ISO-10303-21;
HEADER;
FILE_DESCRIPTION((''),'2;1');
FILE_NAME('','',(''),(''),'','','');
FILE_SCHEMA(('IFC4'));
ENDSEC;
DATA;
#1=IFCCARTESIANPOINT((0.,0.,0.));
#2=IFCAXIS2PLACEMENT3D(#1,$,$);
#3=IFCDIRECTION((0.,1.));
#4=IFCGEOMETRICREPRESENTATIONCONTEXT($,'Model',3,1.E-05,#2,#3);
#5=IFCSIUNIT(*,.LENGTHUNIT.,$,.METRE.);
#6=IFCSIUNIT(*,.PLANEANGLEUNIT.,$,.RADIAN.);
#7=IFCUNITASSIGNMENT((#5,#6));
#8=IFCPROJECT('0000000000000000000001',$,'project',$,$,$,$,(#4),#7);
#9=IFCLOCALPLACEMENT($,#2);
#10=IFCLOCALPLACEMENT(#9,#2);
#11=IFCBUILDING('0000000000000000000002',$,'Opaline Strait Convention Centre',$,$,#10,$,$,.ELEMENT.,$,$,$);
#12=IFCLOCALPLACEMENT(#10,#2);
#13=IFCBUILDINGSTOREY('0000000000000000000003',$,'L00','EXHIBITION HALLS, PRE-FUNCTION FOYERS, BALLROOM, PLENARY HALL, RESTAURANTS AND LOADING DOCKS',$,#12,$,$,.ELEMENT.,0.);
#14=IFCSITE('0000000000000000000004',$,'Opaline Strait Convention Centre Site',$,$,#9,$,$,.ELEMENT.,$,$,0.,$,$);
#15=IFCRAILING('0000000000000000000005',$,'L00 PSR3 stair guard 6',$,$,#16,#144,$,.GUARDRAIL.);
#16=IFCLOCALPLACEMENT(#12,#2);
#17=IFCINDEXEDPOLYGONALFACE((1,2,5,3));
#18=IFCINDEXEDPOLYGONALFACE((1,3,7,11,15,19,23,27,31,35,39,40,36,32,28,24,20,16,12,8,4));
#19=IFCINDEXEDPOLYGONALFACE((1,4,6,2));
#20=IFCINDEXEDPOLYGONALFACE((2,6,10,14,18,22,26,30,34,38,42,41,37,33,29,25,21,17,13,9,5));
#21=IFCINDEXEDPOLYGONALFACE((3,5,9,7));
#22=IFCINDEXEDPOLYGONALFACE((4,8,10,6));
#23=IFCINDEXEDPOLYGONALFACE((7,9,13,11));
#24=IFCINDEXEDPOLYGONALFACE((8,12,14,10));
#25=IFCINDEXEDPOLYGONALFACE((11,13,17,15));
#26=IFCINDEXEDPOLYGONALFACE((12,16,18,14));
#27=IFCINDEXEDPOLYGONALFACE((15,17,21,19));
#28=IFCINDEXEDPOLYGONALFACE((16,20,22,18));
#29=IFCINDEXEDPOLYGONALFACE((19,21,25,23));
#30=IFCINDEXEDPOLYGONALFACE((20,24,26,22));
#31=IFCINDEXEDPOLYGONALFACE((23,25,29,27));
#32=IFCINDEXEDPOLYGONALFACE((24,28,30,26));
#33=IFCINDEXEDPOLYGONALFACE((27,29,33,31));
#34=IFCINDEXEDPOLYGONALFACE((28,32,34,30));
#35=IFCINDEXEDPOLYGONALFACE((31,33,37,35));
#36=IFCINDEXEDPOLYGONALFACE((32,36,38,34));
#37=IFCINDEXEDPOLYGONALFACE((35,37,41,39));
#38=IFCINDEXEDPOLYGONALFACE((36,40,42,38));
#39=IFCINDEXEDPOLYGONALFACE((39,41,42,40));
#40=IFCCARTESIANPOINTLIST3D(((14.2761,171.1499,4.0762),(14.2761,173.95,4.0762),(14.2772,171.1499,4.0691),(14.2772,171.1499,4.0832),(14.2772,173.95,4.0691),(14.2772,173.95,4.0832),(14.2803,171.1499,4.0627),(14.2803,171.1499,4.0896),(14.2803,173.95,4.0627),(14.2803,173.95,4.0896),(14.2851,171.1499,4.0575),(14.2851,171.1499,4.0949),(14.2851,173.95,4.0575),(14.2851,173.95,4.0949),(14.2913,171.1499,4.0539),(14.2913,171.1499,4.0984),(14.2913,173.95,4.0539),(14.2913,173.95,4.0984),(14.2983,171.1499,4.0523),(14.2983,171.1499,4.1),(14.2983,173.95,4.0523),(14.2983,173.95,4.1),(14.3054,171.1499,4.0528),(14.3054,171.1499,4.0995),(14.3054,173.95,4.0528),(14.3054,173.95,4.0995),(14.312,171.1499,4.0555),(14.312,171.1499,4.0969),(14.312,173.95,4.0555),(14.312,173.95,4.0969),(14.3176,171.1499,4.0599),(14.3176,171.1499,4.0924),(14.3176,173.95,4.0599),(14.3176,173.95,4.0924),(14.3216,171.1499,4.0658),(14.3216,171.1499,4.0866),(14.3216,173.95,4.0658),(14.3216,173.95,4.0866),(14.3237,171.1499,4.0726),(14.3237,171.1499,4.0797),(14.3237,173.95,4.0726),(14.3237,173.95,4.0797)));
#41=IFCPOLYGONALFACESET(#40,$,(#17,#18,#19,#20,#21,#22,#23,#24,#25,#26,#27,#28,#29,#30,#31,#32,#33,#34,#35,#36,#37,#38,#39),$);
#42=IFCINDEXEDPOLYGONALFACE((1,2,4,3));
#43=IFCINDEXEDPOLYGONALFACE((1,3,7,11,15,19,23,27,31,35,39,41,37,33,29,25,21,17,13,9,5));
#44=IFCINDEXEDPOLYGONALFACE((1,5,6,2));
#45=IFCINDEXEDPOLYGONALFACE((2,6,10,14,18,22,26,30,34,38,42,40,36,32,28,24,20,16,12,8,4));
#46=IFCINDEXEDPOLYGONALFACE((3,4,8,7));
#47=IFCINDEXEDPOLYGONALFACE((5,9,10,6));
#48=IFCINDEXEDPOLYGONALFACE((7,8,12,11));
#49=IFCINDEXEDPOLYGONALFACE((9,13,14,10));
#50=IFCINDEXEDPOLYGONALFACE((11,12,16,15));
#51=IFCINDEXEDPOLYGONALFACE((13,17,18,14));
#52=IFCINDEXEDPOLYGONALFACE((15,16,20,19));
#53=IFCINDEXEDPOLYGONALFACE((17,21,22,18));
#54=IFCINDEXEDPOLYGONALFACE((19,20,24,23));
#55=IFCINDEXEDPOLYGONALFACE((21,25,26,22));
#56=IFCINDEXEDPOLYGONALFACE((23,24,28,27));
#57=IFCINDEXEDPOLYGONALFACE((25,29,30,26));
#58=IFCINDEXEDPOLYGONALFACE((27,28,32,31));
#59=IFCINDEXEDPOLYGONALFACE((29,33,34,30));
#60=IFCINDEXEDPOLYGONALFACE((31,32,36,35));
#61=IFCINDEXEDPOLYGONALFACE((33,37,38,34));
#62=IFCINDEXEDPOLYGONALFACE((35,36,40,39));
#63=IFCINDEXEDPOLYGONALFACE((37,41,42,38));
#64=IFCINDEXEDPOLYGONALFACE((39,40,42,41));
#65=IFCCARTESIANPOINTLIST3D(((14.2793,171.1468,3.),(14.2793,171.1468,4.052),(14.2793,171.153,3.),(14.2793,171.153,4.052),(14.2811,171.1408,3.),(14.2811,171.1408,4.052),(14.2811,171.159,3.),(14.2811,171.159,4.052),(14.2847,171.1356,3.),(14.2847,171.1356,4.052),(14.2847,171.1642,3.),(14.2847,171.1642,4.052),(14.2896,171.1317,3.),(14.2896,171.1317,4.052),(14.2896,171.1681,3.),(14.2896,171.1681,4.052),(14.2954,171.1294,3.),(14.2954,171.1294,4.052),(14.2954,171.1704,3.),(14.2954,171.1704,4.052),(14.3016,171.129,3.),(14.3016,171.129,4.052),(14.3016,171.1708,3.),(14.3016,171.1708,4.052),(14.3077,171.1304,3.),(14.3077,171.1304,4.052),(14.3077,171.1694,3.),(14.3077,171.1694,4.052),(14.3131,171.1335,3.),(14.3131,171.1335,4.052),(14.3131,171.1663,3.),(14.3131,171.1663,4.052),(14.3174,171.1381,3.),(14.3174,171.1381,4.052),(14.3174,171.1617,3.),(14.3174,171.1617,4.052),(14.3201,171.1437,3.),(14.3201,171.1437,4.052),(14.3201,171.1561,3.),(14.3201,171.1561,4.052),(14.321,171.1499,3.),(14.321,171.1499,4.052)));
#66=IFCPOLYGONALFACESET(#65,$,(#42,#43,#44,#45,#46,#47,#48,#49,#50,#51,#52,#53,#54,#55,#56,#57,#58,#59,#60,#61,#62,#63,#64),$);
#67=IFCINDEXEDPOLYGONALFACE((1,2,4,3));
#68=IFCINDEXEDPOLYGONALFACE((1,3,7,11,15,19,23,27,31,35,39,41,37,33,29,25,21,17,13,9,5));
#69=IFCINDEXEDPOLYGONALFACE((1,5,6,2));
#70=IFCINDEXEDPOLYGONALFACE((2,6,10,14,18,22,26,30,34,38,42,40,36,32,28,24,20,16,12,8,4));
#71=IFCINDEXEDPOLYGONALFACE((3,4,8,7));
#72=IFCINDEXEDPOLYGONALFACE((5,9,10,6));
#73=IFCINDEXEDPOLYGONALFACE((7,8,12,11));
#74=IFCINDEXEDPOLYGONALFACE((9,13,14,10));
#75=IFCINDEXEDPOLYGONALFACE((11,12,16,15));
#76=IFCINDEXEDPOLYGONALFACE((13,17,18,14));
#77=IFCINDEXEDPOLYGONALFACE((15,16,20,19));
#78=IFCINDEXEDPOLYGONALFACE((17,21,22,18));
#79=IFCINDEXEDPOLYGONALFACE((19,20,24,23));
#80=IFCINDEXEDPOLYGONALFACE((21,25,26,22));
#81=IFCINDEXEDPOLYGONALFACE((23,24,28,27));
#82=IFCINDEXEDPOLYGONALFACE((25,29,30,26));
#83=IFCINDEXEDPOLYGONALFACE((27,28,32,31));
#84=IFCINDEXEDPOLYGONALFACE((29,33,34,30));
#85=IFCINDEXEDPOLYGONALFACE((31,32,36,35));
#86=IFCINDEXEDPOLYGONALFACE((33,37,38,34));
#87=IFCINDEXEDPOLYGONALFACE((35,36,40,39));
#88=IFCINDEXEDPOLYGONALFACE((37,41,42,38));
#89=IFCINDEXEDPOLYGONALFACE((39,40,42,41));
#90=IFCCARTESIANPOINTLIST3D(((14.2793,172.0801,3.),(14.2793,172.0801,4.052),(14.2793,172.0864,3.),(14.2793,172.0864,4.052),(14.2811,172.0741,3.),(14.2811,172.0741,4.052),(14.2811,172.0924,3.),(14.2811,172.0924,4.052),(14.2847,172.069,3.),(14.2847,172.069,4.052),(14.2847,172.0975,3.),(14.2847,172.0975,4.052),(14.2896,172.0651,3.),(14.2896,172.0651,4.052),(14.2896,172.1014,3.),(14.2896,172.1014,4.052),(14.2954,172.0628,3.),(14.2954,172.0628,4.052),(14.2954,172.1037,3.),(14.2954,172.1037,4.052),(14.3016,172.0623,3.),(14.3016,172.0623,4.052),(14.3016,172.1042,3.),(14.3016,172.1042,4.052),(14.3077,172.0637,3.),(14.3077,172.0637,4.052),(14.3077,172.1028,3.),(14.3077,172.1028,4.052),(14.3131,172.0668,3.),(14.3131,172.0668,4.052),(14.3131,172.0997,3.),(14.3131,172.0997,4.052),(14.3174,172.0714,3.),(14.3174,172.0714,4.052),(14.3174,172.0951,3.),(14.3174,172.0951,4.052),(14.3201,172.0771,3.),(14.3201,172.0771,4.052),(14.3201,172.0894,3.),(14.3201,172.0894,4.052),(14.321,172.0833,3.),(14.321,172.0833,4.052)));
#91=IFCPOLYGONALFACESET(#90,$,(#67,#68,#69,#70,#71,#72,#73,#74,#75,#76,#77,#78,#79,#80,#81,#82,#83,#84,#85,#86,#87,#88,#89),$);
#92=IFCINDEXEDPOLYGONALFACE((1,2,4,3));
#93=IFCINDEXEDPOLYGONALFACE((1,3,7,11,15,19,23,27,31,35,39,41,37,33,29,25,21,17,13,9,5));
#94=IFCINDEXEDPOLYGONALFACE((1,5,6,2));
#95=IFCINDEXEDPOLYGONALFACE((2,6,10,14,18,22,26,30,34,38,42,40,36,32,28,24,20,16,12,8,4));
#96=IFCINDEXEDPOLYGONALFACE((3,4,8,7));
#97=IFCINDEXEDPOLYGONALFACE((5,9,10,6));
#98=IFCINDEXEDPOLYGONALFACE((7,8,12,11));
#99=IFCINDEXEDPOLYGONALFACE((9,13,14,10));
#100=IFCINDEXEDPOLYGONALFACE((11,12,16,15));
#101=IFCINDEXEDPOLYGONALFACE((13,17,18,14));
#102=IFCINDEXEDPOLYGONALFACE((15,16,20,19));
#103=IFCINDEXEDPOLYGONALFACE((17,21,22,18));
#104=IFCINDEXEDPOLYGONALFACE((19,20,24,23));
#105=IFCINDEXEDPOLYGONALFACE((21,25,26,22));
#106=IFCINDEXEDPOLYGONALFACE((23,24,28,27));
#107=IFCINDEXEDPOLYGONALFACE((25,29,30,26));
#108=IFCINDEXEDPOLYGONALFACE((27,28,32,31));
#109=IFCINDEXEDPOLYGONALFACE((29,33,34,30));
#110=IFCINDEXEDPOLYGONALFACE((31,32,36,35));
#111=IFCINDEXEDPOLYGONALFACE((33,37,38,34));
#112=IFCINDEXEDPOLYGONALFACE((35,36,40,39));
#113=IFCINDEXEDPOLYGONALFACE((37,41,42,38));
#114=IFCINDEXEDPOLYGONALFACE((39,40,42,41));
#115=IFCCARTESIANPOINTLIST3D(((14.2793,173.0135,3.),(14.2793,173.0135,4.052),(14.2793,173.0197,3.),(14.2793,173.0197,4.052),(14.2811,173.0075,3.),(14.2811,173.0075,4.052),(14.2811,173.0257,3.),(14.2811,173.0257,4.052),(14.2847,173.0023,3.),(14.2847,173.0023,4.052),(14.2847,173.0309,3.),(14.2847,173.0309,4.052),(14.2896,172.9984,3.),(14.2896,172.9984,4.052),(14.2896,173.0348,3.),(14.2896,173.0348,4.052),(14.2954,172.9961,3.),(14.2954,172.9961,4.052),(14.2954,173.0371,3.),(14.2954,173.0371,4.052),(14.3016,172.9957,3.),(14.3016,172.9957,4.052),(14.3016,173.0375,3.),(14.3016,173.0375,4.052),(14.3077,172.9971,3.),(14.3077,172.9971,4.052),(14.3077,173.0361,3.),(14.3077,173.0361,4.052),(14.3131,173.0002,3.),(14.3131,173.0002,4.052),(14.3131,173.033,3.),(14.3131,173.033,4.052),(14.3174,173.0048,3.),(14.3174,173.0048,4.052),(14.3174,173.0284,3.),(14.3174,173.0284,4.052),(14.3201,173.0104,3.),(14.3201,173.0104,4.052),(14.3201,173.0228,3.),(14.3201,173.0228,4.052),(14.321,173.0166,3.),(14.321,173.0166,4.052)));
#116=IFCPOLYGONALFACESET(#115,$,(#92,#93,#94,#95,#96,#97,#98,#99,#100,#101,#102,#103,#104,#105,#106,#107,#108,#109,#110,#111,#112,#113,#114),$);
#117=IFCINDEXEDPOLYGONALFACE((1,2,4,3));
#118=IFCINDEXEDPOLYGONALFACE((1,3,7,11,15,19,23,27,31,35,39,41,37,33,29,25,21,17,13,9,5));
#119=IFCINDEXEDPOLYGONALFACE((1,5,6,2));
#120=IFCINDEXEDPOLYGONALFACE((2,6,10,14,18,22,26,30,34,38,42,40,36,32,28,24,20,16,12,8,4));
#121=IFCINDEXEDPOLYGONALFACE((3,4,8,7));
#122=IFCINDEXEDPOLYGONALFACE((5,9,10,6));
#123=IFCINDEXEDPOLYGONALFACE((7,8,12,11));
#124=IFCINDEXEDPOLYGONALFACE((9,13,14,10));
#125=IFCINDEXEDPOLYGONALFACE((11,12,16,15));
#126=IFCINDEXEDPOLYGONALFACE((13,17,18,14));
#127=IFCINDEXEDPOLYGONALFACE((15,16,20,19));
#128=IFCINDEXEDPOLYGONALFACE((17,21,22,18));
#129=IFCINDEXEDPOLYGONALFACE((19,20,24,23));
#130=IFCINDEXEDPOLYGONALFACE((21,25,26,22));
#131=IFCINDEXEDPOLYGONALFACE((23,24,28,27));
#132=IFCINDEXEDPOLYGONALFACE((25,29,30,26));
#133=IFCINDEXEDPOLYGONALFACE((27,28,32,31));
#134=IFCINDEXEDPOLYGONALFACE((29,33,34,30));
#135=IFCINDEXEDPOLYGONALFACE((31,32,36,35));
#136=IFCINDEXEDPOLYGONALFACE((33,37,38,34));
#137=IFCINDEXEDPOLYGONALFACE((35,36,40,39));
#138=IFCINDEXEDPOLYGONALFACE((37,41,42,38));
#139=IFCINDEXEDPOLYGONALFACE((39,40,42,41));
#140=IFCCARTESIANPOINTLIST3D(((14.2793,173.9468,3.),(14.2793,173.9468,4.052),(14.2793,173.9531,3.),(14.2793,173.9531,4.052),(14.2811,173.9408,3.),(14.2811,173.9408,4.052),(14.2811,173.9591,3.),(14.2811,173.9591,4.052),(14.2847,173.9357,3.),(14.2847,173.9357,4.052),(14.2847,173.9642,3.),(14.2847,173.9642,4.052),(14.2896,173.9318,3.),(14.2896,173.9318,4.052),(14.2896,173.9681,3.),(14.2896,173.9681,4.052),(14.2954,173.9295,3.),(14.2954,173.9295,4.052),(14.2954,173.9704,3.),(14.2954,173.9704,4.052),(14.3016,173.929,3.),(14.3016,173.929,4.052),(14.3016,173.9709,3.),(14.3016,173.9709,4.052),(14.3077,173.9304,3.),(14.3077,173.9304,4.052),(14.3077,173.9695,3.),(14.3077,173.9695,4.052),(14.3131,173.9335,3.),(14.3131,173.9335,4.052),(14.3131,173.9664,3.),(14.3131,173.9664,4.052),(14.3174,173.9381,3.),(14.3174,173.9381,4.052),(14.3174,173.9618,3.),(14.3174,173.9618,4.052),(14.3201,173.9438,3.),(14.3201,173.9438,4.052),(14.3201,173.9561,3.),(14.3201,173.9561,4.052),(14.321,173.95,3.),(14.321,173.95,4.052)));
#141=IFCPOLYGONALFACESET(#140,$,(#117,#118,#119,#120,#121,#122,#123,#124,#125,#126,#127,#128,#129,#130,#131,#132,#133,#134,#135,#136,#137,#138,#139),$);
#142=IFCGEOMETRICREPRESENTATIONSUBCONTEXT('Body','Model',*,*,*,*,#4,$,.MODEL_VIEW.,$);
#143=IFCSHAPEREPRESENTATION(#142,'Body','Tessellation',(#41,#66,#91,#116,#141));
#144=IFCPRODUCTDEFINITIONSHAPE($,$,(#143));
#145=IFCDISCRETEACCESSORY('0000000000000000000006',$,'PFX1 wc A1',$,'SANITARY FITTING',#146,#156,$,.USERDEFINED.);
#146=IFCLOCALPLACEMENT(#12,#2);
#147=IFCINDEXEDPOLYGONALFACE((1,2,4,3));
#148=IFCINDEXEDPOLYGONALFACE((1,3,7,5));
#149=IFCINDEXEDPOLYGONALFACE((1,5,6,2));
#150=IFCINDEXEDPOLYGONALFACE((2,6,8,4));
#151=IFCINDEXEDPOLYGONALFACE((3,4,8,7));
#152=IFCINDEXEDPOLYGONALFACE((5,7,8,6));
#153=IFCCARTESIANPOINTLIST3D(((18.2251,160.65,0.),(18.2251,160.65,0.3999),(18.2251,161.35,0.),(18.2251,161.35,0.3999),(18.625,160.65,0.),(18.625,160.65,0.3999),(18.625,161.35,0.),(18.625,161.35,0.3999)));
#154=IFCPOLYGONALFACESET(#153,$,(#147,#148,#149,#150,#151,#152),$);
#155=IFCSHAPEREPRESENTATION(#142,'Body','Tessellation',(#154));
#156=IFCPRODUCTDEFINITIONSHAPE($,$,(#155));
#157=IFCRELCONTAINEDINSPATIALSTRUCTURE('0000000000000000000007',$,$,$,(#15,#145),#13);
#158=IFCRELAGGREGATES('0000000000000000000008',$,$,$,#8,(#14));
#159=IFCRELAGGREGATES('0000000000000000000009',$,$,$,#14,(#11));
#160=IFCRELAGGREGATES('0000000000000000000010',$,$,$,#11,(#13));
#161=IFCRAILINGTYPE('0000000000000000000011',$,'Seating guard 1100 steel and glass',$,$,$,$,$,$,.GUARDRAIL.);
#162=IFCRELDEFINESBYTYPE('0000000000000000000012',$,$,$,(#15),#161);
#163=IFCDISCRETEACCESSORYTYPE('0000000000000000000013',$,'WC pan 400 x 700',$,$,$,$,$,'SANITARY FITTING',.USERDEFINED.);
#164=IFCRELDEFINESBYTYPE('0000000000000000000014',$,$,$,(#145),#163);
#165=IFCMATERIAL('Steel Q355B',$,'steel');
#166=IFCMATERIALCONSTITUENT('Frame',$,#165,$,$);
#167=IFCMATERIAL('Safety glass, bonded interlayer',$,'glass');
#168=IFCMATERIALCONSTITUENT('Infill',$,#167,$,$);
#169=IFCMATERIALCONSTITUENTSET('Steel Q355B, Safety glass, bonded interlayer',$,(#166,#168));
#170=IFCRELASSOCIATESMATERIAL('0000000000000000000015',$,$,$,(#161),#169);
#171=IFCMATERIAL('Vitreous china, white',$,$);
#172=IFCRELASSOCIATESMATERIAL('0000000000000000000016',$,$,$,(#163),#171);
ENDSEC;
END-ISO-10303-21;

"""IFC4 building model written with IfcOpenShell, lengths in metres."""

from ifc_helpers import new_model, si_unit, direction, frame, origin, origin_2d, place, context, subcontext, project, spatial, rectangle, circle, extrude, material, constituent, constituent_set, type_object, element, save


model = new_model("IFC4")

# Units and contexts
model_context = context("Model", 3, precision=1e-05, world=origin(), true_north=direction((0.0, 1.0)))
body_context = subcontext(model_context, "Body", "Model", "MODEL_VIEW")
ifc_project = project(units=[si_unit("LENGTHUNIT", "METRE"), si_unit("PLANEANGLEUNIT", "RADIAN")], contexts=[model_context])

# Site, building, storey
site_placement = place(None, origin())
site = spatial("IfcSite", under=ifc_project, at=site_placement, Name="Opaline Strait Convention Centre Site", CompositionType="ELEMENT", RefElevation=0.0)
building_placement = place(site_placement, origin())
building = spatial("IfcBuilding", under=site, at=building_placement, Name="Opaline Strait Convention Centre", CompositionType="ELEMENT")
storey_placement = place(building_placement, origin())
storey = spatial("IfcBuildingStorey", under=building, at=storey_placement, Name="L00", Description="EXHIBITION HALLS, PRE-FUNCTION FOYERS, BALLROOM, PLENARY HALL, RESTAURANTS AND LOADING DOCKS", CompositionType="ELEMENT", Elevation=0.0)

# Railing
ifc_material_1 = material(Name="Steel Q355B", Category="steel")
ifc_constituent_1 = constituent(ifc_material_1, Name="Frame")
ifc_material_2 = material(Name="Safety glass, bonded interlayer", Category="glass")
ifc_constituent_2 = constituent(ifc_material_2, Name="Infill")
ifc_constituent_set = constituent_set(constituents=[ifc_constituent_1, ifc_constituent_2], Name="Steel Q355B, Safety glass, bonded interlayer")
railing_type = type_object("IfcRailingType", Name="Seating guard 1100 steel and glass", PredefinedType="GUARDRAIL", material=ifc_constituent_set)
railing_placement = place(storey_placement, frame((14.3, 171.1499, 3.0)))
element("IfcRailing", 1, at=railing_placement, inside=storey, type_object=railing_type, Name="L00 PSR3 stair guard 6", PredefinedType="GUARDRAIL", context=body_context, shape_type="SweptSolid", body=[
    extrude(circle(Radius=0.0239, at=origin_2d()), frame((0.0, 0.0, 1.0762), z_axis=(0.0, 1.0, 0.0), x_axis=(-1.0, 0.0, 0.0)), (0.0, 0.0, 1.0), 2.8),
    extrude(circle(Radius=0.021, at=origin_2d()), origin(), (0.0, 0.0, 1.0), 1.052),
    extrude(circle(Radius=0.021, at=origin_2d()), frame((0.0, 0.9333, 0.0)), (0.0, 0.0, 1.0), 1.052),
    extrude(circle(Radius=0.021, at=origin_2d()), frame((0.0, 1.8667, 0.0)), (0.0, 0.0, 1.0), 1.052),
    extrude(circle(Radius=0.021, at=origin_2d()), frame((0.0, 2.8, 0.0)), (0.0, 0.0, 1.0), 1.052),
])

# Discrete accessory
ifc_material_3 = material(Name="Vitreous china, white")
discrete_accessory_type = type_object("IfcDiscreteAccessoryType", Name="WC pan 400 x 700", ElementType="SANITARY FITTING", PredefinedType="USERDEFINED", material=ifc_material_3)
discrete_accessory_placement = place(storey_placement, frame((18.425, 161.0, 0.0), z_axis=(0.0, 0.0, 1.0), x_axis=(1.0, 0.0, 0.0)))
element("IfcDiscreteAccessory", 2, at=discrete_accessory_placement, inside=storey, type_object=discrete_accessory_type, Name="PFX1 wc A1", ObjectType="SANITARY FITTING", PredefinedType="USERDEFINED", context=body_context, shape_type="SweptSolid", body=[
    extrude(rectangle(XDim=0.3999, YDim=0.7, at=origin_2d()), origin(), (0.0, 0.0, 1.0), 0.3999),
])

save(model, "model.ifc")
